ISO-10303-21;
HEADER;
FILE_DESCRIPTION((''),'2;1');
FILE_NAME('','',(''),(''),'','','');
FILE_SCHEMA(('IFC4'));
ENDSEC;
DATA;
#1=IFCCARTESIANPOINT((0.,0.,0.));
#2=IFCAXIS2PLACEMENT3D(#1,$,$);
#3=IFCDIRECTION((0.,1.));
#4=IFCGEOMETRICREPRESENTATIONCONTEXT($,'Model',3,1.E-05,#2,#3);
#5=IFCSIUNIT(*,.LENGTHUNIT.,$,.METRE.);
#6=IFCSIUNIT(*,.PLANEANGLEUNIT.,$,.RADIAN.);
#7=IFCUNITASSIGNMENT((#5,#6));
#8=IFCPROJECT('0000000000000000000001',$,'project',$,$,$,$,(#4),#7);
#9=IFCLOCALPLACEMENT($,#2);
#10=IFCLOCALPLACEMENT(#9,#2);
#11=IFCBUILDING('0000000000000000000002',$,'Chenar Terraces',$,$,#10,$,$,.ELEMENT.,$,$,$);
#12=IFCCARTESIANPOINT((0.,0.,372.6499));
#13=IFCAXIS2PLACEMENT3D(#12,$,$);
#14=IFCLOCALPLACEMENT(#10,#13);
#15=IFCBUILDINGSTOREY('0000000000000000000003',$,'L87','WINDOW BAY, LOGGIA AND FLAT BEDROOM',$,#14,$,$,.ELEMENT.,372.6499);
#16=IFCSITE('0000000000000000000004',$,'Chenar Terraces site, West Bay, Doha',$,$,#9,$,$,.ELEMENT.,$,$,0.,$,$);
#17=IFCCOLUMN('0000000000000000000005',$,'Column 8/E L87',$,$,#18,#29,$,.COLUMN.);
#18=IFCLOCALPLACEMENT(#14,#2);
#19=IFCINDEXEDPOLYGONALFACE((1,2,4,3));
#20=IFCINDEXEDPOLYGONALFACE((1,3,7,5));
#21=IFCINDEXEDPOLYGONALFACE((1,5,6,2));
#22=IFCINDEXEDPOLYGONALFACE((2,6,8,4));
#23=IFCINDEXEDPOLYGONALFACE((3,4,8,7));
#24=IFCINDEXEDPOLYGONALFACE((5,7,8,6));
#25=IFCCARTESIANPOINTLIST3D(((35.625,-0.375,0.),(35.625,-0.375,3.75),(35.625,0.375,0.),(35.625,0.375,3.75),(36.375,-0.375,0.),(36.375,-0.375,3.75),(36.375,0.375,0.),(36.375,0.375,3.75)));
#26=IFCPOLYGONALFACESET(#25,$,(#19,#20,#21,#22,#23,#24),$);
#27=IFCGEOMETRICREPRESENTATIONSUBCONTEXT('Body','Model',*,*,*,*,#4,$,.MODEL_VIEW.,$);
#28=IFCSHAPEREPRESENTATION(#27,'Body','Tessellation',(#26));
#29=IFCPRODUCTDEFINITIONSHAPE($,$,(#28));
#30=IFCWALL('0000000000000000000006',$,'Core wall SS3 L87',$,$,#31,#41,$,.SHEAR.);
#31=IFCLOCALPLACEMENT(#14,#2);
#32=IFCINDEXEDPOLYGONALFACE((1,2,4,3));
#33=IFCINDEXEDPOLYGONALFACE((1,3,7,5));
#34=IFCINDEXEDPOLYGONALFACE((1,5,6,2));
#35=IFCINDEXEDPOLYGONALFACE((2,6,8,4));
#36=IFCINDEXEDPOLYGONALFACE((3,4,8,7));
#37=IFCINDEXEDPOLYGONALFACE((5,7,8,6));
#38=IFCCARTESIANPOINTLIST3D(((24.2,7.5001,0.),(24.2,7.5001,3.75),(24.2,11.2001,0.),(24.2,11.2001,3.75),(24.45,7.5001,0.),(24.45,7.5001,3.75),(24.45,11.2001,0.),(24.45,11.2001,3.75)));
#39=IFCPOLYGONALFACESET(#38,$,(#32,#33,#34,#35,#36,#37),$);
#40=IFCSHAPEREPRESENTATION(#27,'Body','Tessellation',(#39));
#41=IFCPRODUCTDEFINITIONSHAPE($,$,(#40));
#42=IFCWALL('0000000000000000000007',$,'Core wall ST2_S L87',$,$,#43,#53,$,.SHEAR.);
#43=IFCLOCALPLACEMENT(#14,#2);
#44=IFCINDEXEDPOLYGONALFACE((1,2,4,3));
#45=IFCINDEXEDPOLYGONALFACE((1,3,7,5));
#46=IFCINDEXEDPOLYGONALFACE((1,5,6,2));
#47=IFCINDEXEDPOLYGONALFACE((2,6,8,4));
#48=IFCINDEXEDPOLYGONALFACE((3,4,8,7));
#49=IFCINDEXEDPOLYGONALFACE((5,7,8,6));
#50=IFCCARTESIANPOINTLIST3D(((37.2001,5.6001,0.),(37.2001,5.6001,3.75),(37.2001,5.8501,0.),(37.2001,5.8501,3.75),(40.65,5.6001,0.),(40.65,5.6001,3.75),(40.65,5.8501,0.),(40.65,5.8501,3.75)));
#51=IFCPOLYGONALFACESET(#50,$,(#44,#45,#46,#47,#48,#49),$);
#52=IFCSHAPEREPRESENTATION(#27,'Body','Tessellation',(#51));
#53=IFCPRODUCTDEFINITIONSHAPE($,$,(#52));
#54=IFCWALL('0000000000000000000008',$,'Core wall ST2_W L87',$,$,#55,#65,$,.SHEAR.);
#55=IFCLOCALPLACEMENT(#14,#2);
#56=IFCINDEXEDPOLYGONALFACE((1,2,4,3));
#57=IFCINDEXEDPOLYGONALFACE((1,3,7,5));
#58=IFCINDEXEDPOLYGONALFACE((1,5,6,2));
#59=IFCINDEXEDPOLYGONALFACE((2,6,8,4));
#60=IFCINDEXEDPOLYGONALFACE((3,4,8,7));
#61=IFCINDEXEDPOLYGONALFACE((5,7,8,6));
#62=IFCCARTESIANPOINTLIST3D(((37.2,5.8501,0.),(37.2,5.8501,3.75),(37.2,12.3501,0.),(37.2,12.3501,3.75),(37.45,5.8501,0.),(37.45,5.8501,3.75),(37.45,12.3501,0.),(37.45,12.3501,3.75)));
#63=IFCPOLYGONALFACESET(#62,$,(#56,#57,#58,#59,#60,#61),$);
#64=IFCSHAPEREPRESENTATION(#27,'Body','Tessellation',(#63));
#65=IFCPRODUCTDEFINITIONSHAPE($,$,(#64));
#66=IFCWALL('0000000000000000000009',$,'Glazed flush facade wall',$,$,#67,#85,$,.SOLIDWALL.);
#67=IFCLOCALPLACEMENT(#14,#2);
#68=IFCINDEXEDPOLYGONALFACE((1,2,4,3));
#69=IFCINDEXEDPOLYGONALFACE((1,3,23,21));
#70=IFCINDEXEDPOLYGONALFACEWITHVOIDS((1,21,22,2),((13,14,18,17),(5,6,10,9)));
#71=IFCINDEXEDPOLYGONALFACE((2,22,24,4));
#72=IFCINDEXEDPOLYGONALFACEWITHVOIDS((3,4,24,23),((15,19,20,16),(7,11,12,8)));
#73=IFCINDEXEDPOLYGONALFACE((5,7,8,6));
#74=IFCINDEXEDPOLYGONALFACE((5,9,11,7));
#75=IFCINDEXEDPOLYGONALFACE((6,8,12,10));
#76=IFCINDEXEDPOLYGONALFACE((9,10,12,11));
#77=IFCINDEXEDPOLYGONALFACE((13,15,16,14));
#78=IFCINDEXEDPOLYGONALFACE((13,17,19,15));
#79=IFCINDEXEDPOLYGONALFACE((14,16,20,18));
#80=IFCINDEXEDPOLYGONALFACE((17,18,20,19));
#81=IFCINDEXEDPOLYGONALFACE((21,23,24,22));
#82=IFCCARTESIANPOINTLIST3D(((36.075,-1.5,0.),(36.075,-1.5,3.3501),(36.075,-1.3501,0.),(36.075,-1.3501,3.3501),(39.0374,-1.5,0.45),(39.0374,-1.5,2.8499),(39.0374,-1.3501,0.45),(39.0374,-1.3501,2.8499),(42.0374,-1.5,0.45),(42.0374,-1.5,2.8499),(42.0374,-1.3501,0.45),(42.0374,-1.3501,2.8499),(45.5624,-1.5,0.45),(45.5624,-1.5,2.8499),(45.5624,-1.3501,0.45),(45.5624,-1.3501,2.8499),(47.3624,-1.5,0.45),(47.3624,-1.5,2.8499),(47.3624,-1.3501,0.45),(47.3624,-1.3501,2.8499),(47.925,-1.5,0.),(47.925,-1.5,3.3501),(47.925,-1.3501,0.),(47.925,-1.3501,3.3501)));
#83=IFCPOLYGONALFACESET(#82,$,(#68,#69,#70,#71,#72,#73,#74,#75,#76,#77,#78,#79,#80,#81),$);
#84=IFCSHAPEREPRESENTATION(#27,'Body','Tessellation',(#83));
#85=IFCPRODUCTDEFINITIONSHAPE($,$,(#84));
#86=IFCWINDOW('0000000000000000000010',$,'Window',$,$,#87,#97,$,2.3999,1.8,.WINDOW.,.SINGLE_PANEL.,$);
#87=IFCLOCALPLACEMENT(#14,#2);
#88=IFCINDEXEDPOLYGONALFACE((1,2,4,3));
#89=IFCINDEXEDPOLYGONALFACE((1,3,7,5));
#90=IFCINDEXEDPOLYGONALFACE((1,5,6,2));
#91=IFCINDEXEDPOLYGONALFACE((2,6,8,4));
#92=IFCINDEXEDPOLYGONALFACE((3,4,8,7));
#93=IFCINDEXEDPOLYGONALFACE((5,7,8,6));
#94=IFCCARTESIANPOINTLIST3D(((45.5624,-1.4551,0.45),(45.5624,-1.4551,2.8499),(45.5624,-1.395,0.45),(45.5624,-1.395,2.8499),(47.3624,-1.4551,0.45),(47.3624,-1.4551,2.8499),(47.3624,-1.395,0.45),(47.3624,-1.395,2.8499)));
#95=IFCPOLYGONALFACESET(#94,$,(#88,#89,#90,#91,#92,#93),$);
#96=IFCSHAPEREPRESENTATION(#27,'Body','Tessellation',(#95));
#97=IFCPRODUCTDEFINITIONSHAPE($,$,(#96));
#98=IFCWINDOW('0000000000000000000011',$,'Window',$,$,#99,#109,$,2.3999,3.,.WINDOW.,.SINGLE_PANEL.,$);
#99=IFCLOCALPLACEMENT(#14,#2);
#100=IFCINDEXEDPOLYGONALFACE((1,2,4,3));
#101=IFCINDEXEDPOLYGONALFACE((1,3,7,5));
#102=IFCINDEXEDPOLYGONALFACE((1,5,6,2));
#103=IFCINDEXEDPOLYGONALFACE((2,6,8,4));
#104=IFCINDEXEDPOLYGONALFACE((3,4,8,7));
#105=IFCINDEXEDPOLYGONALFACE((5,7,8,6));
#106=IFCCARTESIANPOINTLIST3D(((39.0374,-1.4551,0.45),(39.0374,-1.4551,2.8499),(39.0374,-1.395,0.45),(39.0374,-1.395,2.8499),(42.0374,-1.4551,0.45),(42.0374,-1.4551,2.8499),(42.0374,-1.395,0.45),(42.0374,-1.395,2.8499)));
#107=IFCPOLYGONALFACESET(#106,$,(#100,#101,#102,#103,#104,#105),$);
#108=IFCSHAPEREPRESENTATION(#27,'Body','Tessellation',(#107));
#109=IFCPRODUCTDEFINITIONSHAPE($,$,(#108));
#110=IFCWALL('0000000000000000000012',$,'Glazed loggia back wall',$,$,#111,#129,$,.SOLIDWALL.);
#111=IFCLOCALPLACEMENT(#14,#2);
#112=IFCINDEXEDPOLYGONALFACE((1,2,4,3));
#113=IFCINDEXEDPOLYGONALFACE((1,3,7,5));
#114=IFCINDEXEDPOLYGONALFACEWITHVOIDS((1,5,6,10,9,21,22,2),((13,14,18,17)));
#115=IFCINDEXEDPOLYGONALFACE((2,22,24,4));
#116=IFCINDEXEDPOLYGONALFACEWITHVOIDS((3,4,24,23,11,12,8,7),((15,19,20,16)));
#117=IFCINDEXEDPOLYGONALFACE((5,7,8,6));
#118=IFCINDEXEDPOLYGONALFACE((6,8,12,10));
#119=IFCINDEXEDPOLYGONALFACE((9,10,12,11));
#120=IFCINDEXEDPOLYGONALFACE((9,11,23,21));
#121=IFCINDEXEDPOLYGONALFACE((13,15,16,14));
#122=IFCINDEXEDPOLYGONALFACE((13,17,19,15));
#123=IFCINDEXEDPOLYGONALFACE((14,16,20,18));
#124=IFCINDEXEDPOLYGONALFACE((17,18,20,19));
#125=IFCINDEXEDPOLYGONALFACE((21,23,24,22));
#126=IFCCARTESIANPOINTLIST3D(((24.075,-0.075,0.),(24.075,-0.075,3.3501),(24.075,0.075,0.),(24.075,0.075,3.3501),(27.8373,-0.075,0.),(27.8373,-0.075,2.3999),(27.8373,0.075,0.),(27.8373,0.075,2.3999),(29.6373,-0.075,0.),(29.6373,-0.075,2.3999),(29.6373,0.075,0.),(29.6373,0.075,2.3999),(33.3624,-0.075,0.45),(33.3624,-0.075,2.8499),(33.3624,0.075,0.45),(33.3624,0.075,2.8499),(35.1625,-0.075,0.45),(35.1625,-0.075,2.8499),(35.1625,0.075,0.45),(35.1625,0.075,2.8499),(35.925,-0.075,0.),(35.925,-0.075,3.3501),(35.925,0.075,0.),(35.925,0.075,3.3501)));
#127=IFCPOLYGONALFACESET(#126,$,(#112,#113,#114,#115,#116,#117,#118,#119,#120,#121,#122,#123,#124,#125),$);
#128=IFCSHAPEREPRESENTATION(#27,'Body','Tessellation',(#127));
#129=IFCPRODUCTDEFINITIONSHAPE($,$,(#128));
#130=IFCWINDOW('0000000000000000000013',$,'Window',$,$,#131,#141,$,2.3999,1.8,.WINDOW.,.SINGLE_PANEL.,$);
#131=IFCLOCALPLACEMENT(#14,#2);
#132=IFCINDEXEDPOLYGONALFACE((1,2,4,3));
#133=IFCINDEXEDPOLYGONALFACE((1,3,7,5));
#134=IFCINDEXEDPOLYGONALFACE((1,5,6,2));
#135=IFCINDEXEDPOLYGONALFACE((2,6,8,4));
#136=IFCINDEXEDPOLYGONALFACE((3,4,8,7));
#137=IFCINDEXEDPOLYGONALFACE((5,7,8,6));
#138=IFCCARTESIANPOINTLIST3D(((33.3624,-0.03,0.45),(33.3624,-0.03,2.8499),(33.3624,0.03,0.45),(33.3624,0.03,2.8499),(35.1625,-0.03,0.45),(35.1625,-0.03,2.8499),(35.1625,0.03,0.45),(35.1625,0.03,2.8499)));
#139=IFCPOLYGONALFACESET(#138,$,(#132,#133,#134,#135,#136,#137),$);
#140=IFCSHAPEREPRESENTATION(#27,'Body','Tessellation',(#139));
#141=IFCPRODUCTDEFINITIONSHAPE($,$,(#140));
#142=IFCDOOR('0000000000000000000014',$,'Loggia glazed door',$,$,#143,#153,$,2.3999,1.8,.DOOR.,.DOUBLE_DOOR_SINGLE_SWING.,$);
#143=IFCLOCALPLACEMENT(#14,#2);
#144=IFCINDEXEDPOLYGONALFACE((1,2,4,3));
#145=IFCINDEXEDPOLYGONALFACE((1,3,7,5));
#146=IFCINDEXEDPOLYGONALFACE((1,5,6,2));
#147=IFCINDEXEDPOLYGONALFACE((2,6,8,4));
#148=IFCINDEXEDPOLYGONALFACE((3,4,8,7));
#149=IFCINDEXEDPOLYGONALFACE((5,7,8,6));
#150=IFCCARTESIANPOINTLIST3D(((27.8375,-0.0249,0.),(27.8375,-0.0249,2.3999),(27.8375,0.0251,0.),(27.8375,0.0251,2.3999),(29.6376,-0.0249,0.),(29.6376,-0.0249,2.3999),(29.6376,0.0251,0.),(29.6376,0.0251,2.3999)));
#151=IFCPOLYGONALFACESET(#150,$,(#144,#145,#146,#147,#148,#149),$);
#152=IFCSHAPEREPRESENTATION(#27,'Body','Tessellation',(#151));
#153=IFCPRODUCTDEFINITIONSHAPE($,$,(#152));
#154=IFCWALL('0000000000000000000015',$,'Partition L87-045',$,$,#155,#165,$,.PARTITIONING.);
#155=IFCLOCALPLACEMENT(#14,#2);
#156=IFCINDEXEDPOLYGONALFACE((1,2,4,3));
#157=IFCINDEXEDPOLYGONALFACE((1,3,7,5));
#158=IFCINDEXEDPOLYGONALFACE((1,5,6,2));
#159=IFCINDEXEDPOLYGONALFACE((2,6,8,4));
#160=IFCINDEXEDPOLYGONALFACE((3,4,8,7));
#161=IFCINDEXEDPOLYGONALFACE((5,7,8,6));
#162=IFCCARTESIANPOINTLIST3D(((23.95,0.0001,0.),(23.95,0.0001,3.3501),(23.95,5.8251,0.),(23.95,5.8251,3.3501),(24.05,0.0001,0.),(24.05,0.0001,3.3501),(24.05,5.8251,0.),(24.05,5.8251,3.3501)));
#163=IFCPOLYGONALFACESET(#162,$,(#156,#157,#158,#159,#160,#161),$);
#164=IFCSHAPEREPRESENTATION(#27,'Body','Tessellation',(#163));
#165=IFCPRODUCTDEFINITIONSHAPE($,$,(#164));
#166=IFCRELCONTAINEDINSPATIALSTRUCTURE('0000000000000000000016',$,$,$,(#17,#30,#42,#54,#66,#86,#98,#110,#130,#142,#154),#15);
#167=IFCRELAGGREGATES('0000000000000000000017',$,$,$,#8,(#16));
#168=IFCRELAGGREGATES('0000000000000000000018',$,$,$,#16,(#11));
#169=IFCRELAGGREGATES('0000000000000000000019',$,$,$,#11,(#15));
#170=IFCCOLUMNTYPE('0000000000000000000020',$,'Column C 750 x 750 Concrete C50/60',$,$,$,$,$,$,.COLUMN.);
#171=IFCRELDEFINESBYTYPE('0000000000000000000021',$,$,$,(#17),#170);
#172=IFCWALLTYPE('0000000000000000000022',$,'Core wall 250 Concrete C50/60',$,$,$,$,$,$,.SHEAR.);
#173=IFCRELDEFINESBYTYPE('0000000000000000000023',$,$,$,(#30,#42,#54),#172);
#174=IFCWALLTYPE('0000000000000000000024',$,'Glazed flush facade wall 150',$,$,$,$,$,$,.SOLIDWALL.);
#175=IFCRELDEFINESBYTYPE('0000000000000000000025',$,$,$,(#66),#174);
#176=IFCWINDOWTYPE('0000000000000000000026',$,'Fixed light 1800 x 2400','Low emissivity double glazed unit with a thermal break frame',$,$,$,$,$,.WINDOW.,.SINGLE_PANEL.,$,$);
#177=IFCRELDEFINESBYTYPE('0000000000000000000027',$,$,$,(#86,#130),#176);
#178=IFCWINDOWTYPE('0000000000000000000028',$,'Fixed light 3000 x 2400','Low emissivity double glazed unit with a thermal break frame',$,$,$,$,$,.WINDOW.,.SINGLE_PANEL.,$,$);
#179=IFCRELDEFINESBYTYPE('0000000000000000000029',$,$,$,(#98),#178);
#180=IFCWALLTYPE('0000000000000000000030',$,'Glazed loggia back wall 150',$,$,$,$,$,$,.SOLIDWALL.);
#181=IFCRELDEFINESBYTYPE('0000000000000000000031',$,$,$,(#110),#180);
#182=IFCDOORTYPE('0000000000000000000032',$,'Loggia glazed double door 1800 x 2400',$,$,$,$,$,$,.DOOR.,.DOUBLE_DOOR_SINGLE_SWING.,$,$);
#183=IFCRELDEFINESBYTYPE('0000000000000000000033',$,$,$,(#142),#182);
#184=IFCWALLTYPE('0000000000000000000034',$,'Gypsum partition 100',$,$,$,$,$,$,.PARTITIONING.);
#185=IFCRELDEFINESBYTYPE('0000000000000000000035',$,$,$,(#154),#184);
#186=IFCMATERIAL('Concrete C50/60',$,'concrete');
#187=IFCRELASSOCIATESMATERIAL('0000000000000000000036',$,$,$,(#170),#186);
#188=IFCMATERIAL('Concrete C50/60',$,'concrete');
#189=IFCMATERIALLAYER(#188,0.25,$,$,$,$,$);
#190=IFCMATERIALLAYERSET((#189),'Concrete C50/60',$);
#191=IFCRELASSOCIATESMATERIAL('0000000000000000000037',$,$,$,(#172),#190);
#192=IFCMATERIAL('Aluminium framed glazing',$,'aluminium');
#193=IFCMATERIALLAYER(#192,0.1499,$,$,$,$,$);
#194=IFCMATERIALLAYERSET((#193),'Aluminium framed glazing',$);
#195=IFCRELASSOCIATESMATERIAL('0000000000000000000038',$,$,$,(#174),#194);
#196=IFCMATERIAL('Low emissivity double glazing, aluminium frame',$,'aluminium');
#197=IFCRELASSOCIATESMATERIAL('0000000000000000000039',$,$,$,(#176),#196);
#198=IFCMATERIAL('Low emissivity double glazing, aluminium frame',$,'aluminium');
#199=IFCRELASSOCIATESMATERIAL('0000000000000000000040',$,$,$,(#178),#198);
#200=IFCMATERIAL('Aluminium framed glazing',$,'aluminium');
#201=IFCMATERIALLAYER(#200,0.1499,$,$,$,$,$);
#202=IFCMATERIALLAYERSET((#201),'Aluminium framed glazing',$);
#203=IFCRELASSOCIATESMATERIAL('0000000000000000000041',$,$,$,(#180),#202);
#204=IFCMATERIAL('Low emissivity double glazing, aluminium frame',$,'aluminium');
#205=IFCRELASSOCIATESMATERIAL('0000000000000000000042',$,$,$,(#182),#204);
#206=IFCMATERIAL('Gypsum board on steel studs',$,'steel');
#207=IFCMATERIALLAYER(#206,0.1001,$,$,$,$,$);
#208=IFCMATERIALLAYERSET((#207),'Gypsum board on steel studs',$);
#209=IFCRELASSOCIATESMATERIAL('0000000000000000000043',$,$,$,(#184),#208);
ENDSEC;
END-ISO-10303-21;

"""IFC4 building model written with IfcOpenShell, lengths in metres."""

from ifc_helpers import new_model, si_unit, direction, frame, frame_2d, origin, origin_2d, place, context, subcontext, project, spatial, rectangle, extrude, material, layer, layer_set, material_profile, profile_set, type_object, element, fill, save


model = new_model("IFC4")

# Units and contexts
model_context = context("Model", 3, precision=1e-05, world=origin(), true_north=direction((0.0, 1.0)))
body_context = subcontext(model_context, "Body", "Model", "MODEL_VIEW")
ifc_project = project(units=[si_unit("LENGTHUNIT", "METRE"), si_unit("PLANEANGLEUNIT", "RADIAN")], contexts=[model_context])

# Site, building, storey
site_placement = place(None, origin())
site = spatial("IfcSite", under=ifc_project, at=site_placement, Name="Chenar Terraces site, West Bay, Doha", CompositionType="ELEMENT", RefElevation=0.0)
building_placement = place(site_placement, origin())
building = spatial("IfcBuilding", under=site, at=building_placement, Name="Chenar Terraces", CompositionType="ELEMENT")
storey_placement = place(building_placement, frame((0.0, 0.0, 372.6499)))
storey = spatial("IfcBuildingStorey", under=building, at=storey_placement, Name="L87", Description="WINDOW BAY, LOGGIA AND FLAT BEDROOM", CompositionType="ELEMENT", Elevation=372.6499)

# Column
ifc_material_1 = material(Name="Concrete C50/60", Category="concrete")
ifc_material_profile = material_profile(ifc_material_1, rectangle(XDim=0.75, YDim=0.75, at=origin_2d()), Name="C 750 x 750")
ifc_profile_set = profile_set([ifc_material_profile], Name="Concrete C50/60")
column_type = type_object("IfcColumnType", Name="Column C 750 x 750 Concrete C50/60", PredefinedType="COLUMN", material=ifc_profile_set)
column_placement = place(storey_placement, frame((36.0, 0.0, 0.0), z_axis=(0.0, 0.0, 1.0), x_axis=(1.0, 0.0, 0.0)))
element("IfcColumn", 1, at=column_placement, inside=storey, type_object=column_type, Name="Column 8/E L87", PredefinedType="COLUMN", context=body_context, shape_type="SweptSolid", body=[
    extrude(rectangle(XDim=0.75, YDim=0.75, at=origin_2d()), origin(), (0.0, 0.0, 1.0), 3.75),
])

# Walls
ifc_material_2 = material(Name="Concrete C50/60", Category="concrete")
ifc_layer_1 = layer(ifc_material_2, 0.25)
ifc_layer_set_1 = layer_set([ifc_layer_1], Name="Concrete C50/60")
wall_type_1 = type_object("IfcWallType", Name="Core wall 250 Concrete C50/60", PredefinedType="SHEAR", material=ifc_layer_set_1)
wall_1_placement = place(storey_placement, frame((24.325, 7.5, 0.0), z_axis=(0.0, 0.0, 1.0), x_axis=(0.0, 1.0, 0.0)))
element("IfcWall", 2, at=wall_1_placement, inside=storey, type_object=wall_type_1, Name="Core wall SS3 L87", PredefinedType="SHEAR", context=body_context, shape_type="SweptSolid", body=[
    extrude(rectangle(XDim=3.7, YDim=0.25, at=frame_2d((1.8501, 0.0))), origin(), (0.0, 0.0, 1.0), 3.75),
])
wall_2_placement = place(storey_placement, frame((37.2, 5.7251, 0.0), z_axis=(0.0, 0.0, 1.0), x_axis=(1.0, 0.0, 0.0)))
element("IfcWall", 3, at=wall_2_placement, inside=storey, type_object=wall_type_1, Name="Core wall ST2_S L87", PredefinedType="SHEAR", context=body_context, shape_type="SweptSolid", body=[
    extrude(rectangle(XDim=3.45, YDim=0.25, at=frame_2d((1.7251, 0.0))), origin(), (0.0, 0.0, 1.0), 3.75),
])
wall_3_placement = place(storey_placement, frame((37.325, 5.8501, 0.0), z_axis=(0.0, 0.0, 1.0), x_axis=(0.0, 1.0, 0.0)))
element("IfcWall", 4, at=wall_3_placement, inside=storey, type_object=wall_type_1, Name="Core wall ST2_W L87", PredefinedType="SHEAR", context=body_context, shape_type="SweptSolid", body=[
    extrude(rectangle(XDim=6.5, YDim=0.25, at=frame_2d((3.25, 0.0))), origin(), (0.0, 0.0, 1.0), 3.75),
])

# Wall, openings, windows
ifc_material_3 = material(Name="Aluminium framed glazing", Category="aluminium")
ifc_layer_2 = layer(ifc_material_3, 0.1499)
ifc_layer_set_2 = layer_set([ifc_layer_2], Name="Aluminium framed glazing")
wall_type_2 = type_object("IfcWallType", Name="Glazed flush facade wall 150", PredefinedType="SOLIDWALL", material=ifc_layer_set_2)
wall_4_placement = place(storey_placement, frame((36.075, -1.425, 0.0), z_axis=(0.0, 0.0, 1.0), x_axis=(1.0, 0.0, 0.0)))
wall_4 = element("IfcWall", 5, at=wall_4_placement, inside=storey, type_object=wall_type_2, Name="Glazed flush facade wall", PredefinedType="SOLIDWALL", context=body_context, shape_type="SweptSolid", body=[
    extrude(rectangle(XDim=11.8501, YDim=0.1499, at=frame_2d((5.925, 0.0))), origin(), (0.0, 0.0, 1.0), 3.3501),
])
opening_1_placement = place(wall_4_placement, frame((2.9624, 0.0, 0.45)))
opening_1 = element("IfcOpeningElement", 6, at=opening_1_placement, cuts=wall_4, PredefinedType="OPENING", context=body_context, shape_type="SweptSolid", body=[
    extrude(rectangle(XDim=3.0, YDim=2.3999, at=frame_2d((1.5, 1.2))), frame((0.0, 0.085, 0.0), z_axis=(0.0, -1.0, 0.0), x_axis=(1.0, 0.0, 0.0)), (0.0, 0.0, 1.0), 0.1699),
])
opening_2_placement = place(wall_4_placement, frame((9.4875, 0.0, 0.45)))
opening_2 = element("IfcOpeningElement", 7, at=opening_2_placement, cuts=wall_4, PredefinedType="OPENING", context=body_context, shape_type="SweptSolid", body=[
    extrude(rectangle(XDim=1.8, YDim=2.3999, at=frame_2d((0.8999, 1.2))), frame((0.0, 0.085, 0.0), z_axis=(0.0, -1.0, 0.0), x_axis=(1.0, 0.0, 0.0)), (0.0, 0.0, 1.0), 0.1699),
])
ifc_material_4 = material(Name="Low emissivity double glazing, aluminium frame", Category="aluminium")
window_type_1 = type_object("IfcWindowType", Name="Fixed light 1800 x 2400", Description="Low emissivity double glazed unit with a thermal break frame", PartitioningType="SINGLE_PANEL", PredefinedType="WINDOW", material=ifc_material_4)
window_1_placement = place(opening_2_placement, origin())
window_1 = element("IfcWindow", 8, at=window_1_placement, inside=storey, type_object=window_type_1, Name="Window", OverallHeight=2.3999, OverallWidth=1.8, PartitioningType="SINGLE_PANEL", PredefinedType="WINDOW", context=body_context, shape_type="SweptSolid", body=[
    extrude(rectangle(XDim=1.8, YDim=2.3999, at=frame_2d((0.8999, 1.2))), frame((0.0, 0.03, 0.0), z_axis=(0.0, -1.0, 0.0), x_axis=(1.0, 0.0, 0.0)), (0.0, 0.0, 1.0), 0.0601),
])
fill(opening_2, window_1)
ifc_material_5 = material(Name="Low emissivity double glazing, aluminium frame", Category="aluminium")
window_type_2 = type_object("IfcWindowType", Name="Fixed light 3000 x 2400", Description="Low emissivity double glazed unit with a thermal break frame", PartitioningType="SINGLE_PANEL", PredefinedType="WINDOW", material=ifc_material_5)
window_2_placement = place(opening_1_placement, origin())
window_2 = element("IfcWindow", 9, at=window_2_placement, inside=storey, type_object=window_type_2, Name="Window", OverallHeight=2.3999, OverallWidth=3.0, PartitioningType="SINGLE_PANEL", PredefinedType="WINDOW", context=body_context, shape_type="SweptSolid", body=[
    extrude(rectangle(XDim=3.0, YDim=2.3999, at=frame_2d((1.5, 1.2))), frame((0.0, 0.03, 0.0), z_axis=(0.0, -1.0, 0.0), x_axis=(1.0, 0.0, 0.0)), (0.0, 0.0, 1.0), 0.0601),
])
fill(opening_1, window_2)

# Wall, openings, window, door
ifc_material_6 = material(Name="Aluminium framed glazing", Category="aluminium")
ifc_layer_3 = layer(ifc_material_6, 0.1499)
ifc_layer_set_3 = layer_set([ifc_layer_3], Name="Aluminium framed glazing")
wall_type_3 = type_object("IfcWallType", Name="Glazed loggia back wall 150", PredefinedType="SOLIDWALL", material=ifc_layer_set_3)
wall_5_placement = place(storey_placement, frame((24.075, 0.0, 0.0), z_axis=(0.0, 0.0, 1.0), x_axis=(1.0, 0.0, 0.0)))
wall_5 = element("IfcWall", 10, at=wall_5_placement, inside=storey, type_object=wall_type_3, Name="Glazed loggia back wall", PredefinedType="SOLIDWALL", context=body_context, shape_type="SweptSolid", body=[
    extrude(rectangle(XDim=11.8501, YDim=0.1499, at=frame_2d((5.925, 0.0))), origin(), (0.0, 0.0, 1.0), 3.3501),
])
opening_3_placement = place(wall_5_placement, frame((3.7625, 0.0, 0.0)))
opening_3 = element("IfcOpeningElement", 11, at=opening_3_placement, cuts=wall_5, PredefinedType="OPENING", context=body_context, shape_type="SweptSolid", body=[
    extrude(rectangle(XDim=1.8, YDim=2.3999, at=frame_2d((0.8999, 1.2))), frame((0.0, 0.085, 0.0), z_axis=(0.0, -1.0, 0.0), x_axis=(1.0, 0.0, 0.0)), (0.0, 0.0, 1.0), 0.1699),
])
opening_4_placement = place(wall_5_placement, frame((9.2876, 0.0, 0.45)))
opening_4 = element("IfcOpeningElement", 12, at=opening_4_placement, cuts=wall_5, PredefinedType="OPENING", context=body_context, shape_type="SweptSolid", body=[
    extrude(rectangle(XDim=1.8, YDim=2.3999, at=frame_2d((0.8999, 1.2))), frame((0.0, 0.085, 0.0), z_axis=(0.0, -1.0, 0.0), x_axis=(1.0, 0.0, 0.0)), (0.0, 0.0, 1.0), 0.1699),
])
window_3_placement = place(opening_4_placement, origin())
window_3 = element("IfcWindow", 13, at=window_3_placement, inside=storey, type_object=window_type_1, Name="Window", OverallHeight=2.3999, OverallWidth=1.8, PartitioningType="SINGLE_PANEL", PredefinedType="WINDOW", context=body_context, shape_type="SweptSolid", body=[
    extrude(rectangle(XDim=1.8, YDim=2.3999, at=frame_2d((0.8999, 1.2))), frame((0.0, 0.03, 0.0), z_axis=(0.0, -1.0, 0.0), x_axis=(1.0, 0.0, 0.0)), (0.0, 0.0, 1.0), 0.0601),
])
fill(opening_4, window_3)
ifc_material_7 = material(Name="Low emissivity double glazing, aluminium frame", Category="aluminium")
door_type_1 = type_object("IfcDoorType", Name="Loggia glazed double door 1800 x 2400", OperationType="DOUBLE_DOOR_SINGLE_SWING", PredefinedType="DOOR", material=ifc_material_7)
door_1_placement = place(opening_3_placement, frame((1.8, 0.0, 0.0), z_axis=(0.0, 0.0, 1.0), x_axis=(-1.0, 0.0, 0.0)))
door_1 = element("IfcDoor", 14, at=door_1_placement, inside=storey, type_object=door_type_1, Name="Loggia glazed door", OperationType="DOUBLE_DOOR_SINGLE_SWING", OverallHeight=2.3999, OverallWidth=1.8, PredefinedType="DOOR", context=body_context, shape_type="SweptSolid", body=[
    extrude(rectangle(XDim=1.8, YDim=2.3999, at=frame_2d((0.8999, 1.2))), frame((0.0, 0.0249, 0.0), z_axis=(0.0, -1.0, 0.0), x_axis=(1.0, 0.0, 0.0)), (0.0, 0.0, 1.0), 0.05),
])
fill(opening_3, door_1)

# Wall
ifc_material_8 = material(Name="Gypsum board on steel studs", Category="steel")
ifc_layer_4 = layer(ifc_material_8, 0.1001)
ifc_layer_set_4 = layer_set([ifc_layer_4], Name="Gypsum board on steel studs")
wall_type_4 = type_object("IfcWallType", Name="Gypsum partition 100", PredefinedType="PARTITIONING", material=ifc_layer_set_4)
wall_6_placement = place(storey_placement, frame((24.0, 0.0, 0.0), z_axis=(0.0, 0.0, 1.0), x_axis=(0.0, 1.0, 0.0)))
element("IfcWall", 15, at=wall_6_placement, inside=storey, type_object=wall_type_4, Name="Partition L87-045", PredefinedType="PARTITIONING", context=body_context, shape_type="SweptSolid", body=[
    extrude(rectangle(XDim=5.825, YDim=0.1001, at=frame_2d((2.9126, 0.0))), origin(), (0.0, 0.0, 1.0), 3.3501),
])

save(model, "model.ifc")
